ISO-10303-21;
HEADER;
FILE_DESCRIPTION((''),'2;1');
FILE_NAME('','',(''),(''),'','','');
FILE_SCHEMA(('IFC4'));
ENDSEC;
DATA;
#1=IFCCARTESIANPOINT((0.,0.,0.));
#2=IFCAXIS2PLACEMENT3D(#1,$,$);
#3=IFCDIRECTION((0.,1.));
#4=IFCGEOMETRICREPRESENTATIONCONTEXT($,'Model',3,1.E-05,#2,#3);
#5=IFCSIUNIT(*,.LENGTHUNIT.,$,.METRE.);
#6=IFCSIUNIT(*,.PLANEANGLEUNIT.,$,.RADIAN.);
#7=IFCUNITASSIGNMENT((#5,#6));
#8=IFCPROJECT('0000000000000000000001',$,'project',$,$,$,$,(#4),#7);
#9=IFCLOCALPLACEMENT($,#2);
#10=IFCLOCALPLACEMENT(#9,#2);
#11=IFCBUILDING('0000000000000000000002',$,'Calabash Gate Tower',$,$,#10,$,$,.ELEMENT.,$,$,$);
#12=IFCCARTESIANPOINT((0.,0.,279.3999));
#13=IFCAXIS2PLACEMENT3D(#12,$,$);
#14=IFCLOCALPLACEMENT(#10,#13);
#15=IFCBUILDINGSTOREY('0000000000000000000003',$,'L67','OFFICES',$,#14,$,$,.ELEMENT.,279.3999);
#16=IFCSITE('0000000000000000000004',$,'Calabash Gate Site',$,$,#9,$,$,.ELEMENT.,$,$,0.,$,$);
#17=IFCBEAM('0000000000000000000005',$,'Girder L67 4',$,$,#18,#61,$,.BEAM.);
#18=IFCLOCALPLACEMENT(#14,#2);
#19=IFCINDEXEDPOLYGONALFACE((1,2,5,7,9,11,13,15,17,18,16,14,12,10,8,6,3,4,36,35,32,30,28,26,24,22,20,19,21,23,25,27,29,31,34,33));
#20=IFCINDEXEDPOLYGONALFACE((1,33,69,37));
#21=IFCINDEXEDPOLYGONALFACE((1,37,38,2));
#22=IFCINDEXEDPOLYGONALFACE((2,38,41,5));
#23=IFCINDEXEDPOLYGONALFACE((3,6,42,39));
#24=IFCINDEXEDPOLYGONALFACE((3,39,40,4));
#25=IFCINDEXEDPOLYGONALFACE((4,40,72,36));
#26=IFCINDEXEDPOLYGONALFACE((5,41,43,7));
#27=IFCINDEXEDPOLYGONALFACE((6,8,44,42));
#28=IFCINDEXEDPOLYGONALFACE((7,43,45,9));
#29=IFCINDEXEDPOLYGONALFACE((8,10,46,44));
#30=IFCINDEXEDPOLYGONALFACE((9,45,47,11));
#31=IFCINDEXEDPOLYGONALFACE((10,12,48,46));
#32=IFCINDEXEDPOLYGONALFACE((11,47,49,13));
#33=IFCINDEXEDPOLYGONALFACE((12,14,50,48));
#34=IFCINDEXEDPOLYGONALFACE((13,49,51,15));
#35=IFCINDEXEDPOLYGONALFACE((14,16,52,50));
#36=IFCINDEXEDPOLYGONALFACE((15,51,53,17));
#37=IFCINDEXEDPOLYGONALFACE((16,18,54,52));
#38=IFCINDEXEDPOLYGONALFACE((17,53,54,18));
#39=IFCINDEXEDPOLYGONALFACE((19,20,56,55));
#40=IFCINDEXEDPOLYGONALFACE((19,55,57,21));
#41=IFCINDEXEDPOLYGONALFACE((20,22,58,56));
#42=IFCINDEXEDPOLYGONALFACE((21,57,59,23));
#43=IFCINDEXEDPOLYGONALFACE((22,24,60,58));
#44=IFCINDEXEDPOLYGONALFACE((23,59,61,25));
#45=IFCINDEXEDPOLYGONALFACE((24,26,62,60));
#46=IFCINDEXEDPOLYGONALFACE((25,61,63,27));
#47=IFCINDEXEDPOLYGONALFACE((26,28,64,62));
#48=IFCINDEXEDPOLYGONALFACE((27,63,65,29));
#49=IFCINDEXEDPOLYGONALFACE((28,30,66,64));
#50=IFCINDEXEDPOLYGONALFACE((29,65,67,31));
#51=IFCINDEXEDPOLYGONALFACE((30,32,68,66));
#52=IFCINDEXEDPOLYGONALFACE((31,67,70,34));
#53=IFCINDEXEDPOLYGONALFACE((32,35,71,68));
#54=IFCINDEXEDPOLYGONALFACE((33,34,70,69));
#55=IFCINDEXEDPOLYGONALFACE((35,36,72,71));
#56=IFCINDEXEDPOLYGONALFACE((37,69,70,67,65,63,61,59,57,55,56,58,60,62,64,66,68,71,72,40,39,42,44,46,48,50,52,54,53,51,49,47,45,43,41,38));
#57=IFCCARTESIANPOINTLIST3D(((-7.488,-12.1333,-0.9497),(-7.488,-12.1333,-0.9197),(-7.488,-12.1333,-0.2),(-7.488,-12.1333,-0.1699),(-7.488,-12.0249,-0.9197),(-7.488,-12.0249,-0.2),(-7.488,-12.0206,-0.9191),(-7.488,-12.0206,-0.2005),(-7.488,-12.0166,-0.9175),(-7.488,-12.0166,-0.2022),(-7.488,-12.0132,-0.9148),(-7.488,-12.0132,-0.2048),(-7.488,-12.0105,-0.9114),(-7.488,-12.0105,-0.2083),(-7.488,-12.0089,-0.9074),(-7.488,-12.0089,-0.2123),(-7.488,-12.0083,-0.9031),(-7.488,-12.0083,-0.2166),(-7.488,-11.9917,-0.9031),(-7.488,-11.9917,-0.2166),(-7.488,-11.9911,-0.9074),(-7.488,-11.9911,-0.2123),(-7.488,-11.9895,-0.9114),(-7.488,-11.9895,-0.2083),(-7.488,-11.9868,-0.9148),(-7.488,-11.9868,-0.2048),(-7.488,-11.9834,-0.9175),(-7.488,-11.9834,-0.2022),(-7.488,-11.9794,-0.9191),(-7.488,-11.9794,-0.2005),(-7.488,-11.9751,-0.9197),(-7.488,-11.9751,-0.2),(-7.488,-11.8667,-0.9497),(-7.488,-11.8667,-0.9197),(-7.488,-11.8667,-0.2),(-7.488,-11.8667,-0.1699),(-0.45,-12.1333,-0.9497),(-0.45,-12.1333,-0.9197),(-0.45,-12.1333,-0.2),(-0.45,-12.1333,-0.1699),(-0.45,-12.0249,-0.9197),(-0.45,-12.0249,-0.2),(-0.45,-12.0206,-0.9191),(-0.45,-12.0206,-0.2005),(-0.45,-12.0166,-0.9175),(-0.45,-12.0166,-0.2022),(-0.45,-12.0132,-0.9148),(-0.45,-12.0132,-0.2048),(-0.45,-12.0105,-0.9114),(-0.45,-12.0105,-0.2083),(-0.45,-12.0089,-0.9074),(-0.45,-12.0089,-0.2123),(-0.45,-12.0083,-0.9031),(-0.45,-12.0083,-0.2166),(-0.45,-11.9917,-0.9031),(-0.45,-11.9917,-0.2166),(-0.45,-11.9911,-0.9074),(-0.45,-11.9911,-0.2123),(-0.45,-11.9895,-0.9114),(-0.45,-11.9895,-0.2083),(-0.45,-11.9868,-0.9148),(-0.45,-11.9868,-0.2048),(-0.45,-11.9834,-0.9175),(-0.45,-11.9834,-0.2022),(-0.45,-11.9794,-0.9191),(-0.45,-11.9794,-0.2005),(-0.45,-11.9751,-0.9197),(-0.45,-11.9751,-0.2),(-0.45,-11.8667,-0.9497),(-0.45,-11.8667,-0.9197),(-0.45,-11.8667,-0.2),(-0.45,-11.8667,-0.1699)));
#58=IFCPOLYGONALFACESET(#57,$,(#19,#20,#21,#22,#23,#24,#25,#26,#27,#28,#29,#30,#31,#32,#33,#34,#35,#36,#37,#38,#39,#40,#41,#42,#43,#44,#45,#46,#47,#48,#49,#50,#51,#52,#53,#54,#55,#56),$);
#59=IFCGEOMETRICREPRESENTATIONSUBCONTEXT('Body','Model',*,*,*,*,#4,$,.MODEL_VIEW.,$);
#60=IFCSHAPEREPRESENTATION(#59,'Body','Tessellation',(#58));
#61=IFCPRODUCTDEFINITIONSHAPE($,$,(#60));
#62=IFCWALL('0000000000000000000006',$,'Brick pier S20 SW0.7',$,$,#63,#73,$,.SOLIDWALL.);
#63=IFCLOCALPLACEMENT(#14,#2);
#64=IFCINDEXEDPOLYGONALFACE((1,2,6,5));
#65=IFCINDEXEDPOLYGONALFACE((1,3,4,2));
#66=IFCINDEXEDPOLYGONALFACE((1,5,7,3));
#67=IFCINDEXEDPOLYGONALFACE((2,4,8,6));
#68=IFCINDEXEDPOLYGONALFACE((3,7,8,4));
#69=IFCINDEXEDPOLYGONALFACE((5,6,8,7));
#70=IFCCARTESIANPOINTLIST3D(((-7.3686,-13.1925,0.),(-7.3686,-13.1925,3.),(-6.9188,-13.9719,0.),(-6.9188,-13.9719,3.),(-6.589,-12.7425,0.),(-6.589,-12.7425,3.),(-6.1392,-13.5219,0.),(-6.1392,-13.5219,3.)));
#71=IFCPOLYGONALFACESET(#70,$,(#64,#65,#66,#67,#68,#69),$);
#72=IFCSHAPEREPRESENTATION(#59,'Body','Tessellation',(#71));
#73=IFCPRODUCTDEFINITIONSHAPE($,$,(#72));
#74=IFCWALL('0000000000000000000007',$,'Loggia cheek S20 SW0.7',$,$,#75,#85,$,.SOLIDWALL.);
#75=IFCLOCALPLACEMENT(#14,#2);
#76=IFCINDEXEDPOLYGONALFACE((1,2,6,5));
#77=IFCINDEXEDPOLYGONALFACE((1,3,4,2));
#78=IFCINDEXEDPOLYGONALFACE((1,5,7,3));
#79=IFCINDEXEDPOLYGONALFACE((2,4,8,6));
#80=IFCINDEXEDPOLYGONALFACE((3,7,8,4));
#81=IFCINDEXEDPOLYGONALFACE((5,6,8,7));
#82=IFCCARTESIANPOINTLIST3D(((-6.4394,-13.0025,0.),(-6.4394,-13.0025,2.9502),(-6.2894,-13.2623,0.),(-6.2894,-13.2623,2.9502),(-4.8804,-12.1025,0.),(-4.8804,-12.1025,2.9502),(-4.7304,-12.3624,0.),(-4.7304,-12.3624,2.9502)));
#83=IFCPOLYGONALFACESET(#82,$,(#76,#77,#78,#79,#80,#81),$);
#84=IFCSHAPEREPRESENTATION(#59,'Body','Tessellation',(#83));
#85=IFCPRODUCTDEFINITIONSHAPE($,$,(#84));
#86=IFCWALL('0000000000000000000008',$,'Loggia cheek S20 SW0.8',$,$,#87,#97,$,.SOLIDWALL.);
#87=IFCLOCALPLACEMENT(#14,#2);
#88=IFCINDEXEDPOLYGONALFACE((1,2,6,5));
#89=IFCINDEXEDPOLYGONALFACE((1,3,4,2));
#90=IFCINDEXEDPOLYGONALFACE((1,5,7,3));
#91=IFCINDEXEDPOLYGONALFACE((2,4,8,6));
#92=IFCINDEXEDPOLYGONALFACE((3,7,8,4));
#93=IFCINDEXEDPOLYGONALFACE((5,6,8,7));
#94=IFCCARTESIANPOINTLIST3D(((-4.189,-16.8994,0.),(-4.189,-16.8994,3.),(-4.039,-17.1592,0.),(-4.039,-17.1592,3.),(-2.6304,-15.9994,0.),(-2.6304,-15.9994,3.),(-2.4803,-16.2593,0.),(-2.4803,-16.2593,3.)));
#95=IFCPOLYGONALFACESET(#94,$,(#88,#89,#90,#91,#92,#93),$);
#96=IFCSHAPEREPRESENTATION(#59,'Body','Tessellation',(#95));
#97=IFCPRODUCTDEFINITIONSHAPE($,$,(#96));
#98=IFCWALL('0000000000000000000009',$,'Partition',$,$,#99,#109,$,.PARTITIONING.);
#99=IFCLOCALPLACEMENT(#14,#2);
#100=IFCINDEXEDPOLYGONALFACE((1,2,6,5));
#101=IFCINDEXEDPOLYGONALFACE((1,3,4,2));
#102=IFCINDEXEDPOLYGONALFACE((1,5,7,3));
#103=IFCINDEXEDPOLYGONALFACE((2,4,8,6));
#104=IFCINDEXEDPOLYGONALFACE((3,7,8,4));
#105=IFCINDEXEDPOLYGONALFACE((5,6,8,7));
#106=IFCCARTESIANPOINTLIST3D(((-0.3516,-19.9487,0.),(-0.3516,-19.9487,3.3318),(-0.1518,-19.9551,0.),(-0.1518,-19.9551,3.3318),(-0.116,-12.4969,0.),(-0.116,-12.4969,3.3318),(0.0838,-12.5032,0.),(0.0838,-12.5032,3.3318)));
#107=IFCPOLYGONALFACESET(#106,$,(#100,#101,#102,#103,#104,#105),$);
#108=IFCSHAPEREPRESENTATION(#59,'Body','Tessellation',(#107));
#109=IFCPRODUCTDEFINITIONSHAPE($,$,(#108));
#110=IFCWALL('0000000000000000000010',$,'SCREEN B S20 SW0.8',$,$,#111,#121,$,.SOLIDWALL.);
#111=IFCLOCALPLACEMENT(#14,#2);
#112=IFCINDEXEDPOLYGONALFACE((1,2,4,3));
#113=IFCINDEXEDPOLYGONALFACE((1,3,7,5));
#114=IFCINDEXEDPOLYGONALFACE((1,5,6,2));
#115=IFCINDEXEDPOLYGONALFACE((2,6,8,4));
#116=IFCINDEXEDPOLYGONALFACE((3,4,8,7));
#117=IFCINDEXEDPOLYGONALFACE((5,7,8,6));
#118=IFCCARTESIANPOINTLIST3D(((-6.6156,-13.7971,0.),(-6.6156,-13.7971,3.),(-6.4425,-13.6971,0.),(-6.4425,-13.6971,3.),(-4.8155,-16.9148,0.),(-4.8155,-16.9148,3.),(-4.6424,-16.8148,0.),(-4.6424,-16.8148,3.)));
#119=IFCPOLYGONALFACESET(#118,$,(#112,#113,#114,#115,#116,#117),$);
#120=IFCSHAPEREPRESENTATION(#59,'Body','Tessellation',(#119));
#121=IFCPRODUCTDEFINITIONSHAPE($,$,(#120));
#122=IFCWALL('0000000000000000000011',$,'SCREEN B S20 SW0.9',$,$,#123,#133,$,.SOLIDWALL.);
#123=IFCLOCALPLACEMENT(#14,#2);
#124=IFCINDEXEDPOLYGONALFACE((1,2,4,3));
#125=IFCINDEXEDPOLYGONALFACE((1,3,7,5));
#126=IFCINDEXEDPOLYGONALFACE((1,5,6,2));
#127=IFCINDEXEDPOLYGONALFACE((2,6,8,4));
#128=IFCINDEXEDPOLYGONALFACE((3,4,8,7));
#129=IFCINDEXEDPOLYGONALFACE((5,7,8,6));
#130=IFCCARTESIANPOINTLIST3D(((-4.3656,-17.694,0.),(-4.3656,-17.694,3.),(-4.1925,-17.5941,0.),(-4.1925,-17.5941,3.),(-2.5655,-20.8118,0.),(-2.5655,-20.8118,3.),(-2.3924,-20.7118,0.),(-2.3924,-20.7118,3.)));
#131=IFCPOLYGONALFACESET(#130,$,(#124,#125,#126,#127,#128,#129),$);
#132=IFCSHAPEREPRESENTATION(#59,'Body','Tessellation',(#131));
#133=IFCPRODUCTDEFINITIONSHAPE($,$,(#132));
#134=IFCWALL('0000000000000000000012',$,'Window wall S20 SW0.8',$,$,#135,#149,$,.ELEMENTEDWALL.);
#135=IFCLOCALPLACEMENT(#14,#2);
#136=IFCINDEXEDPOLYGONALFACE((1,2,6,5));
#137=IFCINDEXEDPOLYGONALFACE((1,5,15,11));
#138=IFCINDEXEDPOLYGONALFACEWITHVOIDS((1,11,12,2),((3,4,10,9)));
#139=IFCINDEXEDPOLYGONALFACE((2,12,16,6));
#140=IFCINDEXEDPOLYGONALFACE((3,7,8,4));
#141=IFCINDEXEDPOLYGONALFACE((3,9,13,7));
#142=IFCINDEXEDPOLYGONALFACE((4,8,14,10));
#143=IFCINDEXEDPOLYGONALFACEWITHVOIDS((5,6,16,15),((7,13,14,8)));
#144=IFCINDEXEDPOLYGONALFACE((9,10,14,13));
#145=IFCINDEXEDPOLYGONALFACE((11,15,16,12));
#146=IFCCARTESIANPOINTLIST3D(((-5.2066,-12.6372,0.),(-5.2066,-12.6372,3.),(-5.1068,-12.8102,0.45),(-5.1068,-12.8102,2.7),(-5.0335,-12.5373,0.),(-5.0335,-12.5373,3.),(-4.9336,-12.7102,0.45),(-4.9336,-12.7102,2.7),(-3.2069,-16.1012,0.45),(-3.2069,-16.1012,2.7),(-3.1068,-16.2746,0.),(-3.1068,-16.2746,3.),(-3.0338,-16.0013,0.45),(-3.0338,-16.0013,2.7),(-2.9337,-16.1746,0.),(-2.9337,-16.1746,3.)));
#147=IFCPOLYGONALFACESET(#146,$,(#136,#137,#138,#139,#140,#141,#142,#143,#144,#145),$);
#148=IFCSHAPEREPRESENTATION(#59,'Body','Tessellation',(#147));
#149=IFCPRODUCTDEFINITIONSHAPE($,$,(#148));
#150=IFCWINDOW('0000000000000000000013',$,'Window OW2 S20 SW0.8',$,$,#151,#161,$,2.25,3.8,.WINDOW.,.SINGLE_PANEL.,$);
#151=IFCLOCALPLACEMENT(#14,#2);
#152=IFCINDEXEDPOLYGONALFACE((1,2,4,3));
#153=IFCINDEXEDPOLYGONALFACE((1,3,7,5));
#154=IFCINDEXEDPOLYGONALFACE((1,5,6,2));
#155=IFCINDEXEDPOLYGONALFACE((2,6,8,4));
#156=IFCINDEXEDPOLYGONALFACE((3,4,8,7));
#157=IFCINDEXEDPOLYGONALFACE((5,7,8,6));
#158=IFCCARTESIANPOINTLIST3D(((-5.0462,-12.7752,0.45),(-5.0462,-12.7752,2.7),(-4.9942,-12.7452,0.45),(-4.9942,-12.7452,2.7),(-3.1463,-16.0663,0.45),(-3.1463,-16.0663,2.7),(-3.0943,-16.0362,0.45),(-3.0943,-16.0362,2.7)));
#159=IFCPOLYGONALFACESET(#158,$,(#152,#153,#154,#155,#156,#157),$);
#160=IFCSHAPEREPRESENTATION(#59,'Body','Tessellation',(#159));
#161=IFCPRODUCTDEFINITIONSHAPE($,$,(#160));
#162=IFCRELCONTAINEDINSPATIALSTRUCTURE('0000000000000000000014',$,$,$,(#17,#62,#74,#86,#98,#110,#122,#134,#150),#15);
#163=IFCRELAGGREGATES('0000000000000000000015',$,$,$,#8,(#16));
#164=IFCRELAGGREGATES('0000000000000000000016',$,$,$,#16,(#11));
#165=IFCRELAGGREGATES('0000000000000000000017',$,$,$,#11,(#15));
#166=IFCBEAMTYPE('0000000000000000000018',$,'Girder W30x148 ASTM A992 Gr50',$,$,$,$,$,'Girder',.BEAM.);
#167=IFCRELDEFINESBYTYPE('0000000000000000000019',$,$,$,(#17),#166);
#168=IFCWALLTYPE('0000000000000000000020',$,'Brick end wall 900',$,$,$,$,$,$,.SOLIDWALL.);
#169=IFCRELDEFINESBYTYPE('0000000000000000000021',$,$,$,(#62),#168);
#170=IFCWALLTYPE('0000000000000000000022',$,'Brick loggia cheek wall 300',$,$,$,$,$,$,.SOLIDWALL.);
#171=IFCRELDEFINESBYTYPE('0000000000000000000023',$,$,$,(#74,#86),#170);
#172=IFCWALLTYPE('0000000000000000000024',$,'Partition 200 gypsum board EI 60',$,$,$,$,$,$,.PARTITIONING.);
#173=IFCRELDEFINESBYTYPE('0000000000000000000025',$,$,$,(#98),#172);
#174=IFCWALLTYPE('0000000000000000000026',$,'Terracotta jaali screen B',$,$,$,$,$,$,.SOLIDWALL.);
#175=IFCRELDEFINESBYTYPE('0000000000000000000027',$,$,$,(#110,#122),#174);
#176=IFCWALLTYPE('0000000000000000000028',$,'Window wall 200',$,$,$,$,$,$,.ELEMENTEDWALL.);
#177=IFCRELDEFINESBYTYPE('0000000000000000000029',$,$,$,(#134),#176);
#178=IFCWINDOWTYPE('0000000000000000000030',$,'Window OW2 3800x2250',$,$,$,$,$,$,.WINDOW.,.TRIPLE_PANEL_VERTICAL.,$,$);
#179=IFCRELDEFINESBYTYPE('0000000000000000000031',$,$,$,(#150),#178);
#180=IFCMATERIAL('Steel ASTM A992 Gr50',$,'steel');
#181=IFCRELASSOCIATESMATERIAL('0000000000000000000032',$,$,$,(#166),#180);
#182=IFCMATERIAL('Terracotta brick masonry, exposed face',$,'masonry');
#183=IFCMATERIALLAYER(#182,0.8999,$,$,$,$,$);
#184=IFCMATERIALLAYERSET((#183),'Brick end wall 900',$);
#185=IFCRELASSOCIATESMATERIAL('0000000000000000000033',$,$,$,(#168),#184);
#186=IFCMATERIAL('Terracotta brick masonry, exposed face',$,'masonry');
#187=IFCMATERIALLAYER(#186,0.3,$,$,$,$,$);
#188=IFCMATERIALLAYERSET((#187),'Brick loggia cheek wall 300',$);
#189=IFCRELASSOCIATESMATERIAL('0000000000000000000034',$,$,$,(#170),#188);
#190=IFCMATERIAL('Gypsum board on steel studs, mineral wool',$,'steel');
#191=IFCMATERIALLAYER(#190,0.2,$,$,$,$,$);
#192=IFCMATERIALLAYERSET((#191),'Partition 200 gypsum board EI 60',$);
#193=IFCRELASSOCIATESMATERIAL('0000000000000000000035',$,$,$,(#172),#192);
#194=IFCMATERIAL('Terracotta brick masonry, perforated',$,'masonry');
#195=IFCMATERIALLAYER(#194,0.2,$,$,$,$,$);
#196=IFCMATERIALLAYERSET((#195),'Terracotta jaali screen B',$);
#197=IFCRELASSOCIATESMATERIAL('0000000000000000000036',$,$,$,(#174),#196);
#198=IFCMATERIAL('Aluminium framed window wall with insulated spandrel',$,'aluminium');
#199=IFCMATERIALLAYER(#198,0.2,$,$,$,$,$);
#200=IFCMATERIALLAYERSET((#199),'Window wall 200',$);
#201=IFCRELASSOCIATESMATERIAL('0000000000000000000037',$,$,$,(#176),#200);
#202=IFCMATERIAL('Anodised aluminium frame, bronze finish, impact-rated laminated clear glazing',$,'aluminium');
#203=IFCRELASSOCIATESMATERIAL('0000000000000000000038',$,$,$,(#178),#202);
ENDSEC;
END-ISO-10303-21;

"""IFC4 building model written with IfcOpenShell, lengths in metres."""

from ifc_helpers import new_model, si_unit, direction, frame, frame_2d, origin, origin_2d, place, context, subcontext, project, spatial, rectangle, i_section, extrude, material, layer, layer_set, material_profile, profile_set, type_object, element, fill, save


model = new_model("IFC4")

# Units and contexts
model_context = context("Model", 3, precision=1e-05, world=origin(), true_north=direction((0.0, 1.0)))
body_context = subcontext(model_context, "Body", "Model", "MODEL_VIEW")
ifc_project = project(units=[si_unit("LENGTHUNIT", "METRE"), si_unit("PLANEANGLEUNIT", "RADIAN")], contexts=[model_context])

# Site, building, storey
site_placement = place(None, origin())
site = spatial("IfcSite", under=ifc_project, at=site_placement, Name="Calabash Gate Site", CompositionType="ELEMENT", RefElevation=0.0)
building_placement = place(site_placement, origin())
building = spatial("IfcBuilding", under=site, at=building_placement, Name="Calabash Gate Tower", CompositionType="ELEMENT")
storey_placement = place(building_placement, frame((0.0, 0.0, 279.3999)))
storey = spatial("IfcBuildingStorey", under=building, at=storey_placement, Name="L67", Description="OFFICES", CompositionType="ELEMENT", Elevation=279.3999)

# Beam
ifc_material_1 = material(Name="Steel ASTM A992 Gr50", Category="steel")
ifc_material_profile_1 = material_profile(ifc_material_1, i_section(OverallWidth=0.2666, OverallDepth=0.7798, WebThickness=0.0166, FlangeThickness=0.03, FilletRadius=0.0166, at=origin_2d()))
ifc_profile_set_1 = profile_set([ifc_material_profile_1], Name="Steel ASTM A992 Gr50")
beam_type_1 = type_object("IfcBeamType", Name="Girder W30x148 ASTM A992 Gr50", ElementType="Girder", PredefinedType="BEAM", material=ifc_profile_set_1)
beam_1_placement = place(storey_placement, frame((-7.488, -12.0, -0.5598), z_axis=(1.0, 0.0, 0.0), x_axis=(0.0, 1.0, 0.0)))
element("IfcBeam", 1, at=beam_1_placement, inside=storey, type_object=beam_type_1, Name="Girder L67 4", PredefinedType="BEAM", context=body_context, shape_type="SweptSolid", body=[
    extrude(i_section(OverallWidth=0.2666, OverallDepth=0.7798, WebThickness=0.0166, FlangeThickness=0.03, FilletRadius=0.0166, at=origin_2d()), origin(), (0.0, 0.0, 1.0), 7.0381),
])

# Walls
ifc_material_2 = material(Name="Terracotta brick masonry, exposed face", Category="masonry")
ifc_layer_1 = layer(ifc_material_2, 0.8999)
ifc_layer_set_1 = layer_set([ifc_layer_1], Name="Brick end wall 900")
wall_type_1 = type_object("IfcWallType", Name="Brick end wall 900", PredefinedType="SOLIDWALL", material=ifc_layer_set_1)
wall_1_placement = place(storey_placement, frame((-7.1438, -13.5823, 0.0), z_axis=(0.0, 0.0, 1.0), x_axis=(0.866082, 0.499902, 0.0)))
element("IfcWall", 2, at=wall_1_placement, inside=storey, type_object=wall_type_1, Name="Brick pier S20 SW0.7", PredefinedType="SOLIDWALL", context=body_context, shape_type="SweptSolid", body=[
    extrude(rectangle(XDim=0.9001, YDim=0.8999, at=frame_2d((0.4502, 0.0))), origin(), (0.0, 0.0, 1.0), 3.0),
])
ifc_material_3 = material(Name="Terracotta brick masonry, exposed face", Category="masonry")
ifc_layer_2 = layer(ifc_material_3, 0.3)
ifc_layer_set_2 = layer_set([ifc_layer_2], Name="Brick loggia cheek wall 300")
wall_type_2 = type_object("IfcWallType", Name="Brick loggia cheek wall 300", PredefinedType="SOLIDWALL", material=ifc_layer_set_2)
wall_2_placement = place(storey_placement, frame((-6.3643, -13.1323, 0.0), z_axis=(0.0, 0.0, 1.0), x_axis=(0.866048, 0.499961, 0.0)))
element("IfcWall", 3, at=wall_2_placement, inside=storey, type_object=wall_type_2, Name="Loggia cheek S20 SW0.7", PredefinedType="SOLIDWALL", context=body_context, shape_type="SweptSolid", body=[
    extrude(rectangle(XDim=1.8, YDim=0.3, at=frame_2d((0.8999, 0.0))), origin(), (0.0, 0.0, 1.0), 2.9502),
])
wall_3_placement = place(storey_placement, frame((-4.114, -17.0293, 0.0), z_axis=(0.0, 0.0, 1.0), x_axis=(0.866014, 0.50002, 0.0)))
element("IfcWall", 4, at=wall_3_placement, inside=storey, type_object=wall_type_2, Name="Loggia cheek S20 SW0.8", PredefinedType="SOLIDWALL", context=body_context, shape_type="SweptSolid", body=[
    extrude(rectangle(XDim=1.7998, YDim=0.3, at=frame_2d((0.8999, 0.0))), origin(), (0.0, 0.0, 1.0), 3.0),
])
ifc_material_4 = material(Name="Gypsum board on steel studs, mineral wool", Category="steel")
ifc_layer_3 = layer(ifc_material_4, 0.2)
ifc_layer_set_3 = layer_set([ifc_layer_3], Name="Partition 200 gypsum board EI 60")
wall_type_3 = type_object("IfcWallType", Name="Partition 200 gypsum board EI 60", PredefinedType="PARTITIONING", material=ifc_layer_set_3)
wall_4_placement = place(storey_placement, frame((-0.2517, -19.9519, 0.0), z_axis=(0.0, 0.0, 1.0), x_axis=(0.0316, 0.999501, 0.0)))
element("IfcWall", 5, at=wall_4_placement, inside=storey, type_object=wall_type_3, Name="Partition", PredefinedType="PARTITIONING", context=body_context, shape_type="SweptSolid", body=[
    extrude(rectangle(XDim=7.4556, YDim=0.2, at=frame_2d((3.7278, 0.0))), origin(), (0.0, 0.0, 1.0), 3.3318),
])
ifc_material_5 = material(Name="Terracotta brick masonry, perforated", Category="masonry")
ifc_layer_4 = layer(ifc_material_5, 0.2)
ifc_layer_set_4 = layer_set([ifc_layer_4], Name="Terracotta jaali screen B")
wall_type_4 = type_object("IfcWallType", Name="Terracotta jaali screen B", PredefinedType="SOLIDWALL", material=ifc_layer_set_4)
for number, where, z_axis, x_axis, name in (
    (6, (-6.5291, -13.7471, 0.0), (0.0, 0.0, 1.0), (0.500012, -0.866018, 0.0), "SCREEN B S20 SW0.8"),
    (7, (-4.2791, -17.644, 0.0), (0.0, 0.0, 1.0), (0.500012, -0.866018, 0.0), "SCREEN B S20 SW0.9"),
):
    element("IfcWall", number, at=place(storey_placement, frame(where, z_axis=z_axis, x_axis=x_axis)), inside=storey, type_object=wall_type_4, Name=name, PredefinedType="SOLIDWALL", context=body_context, shape_type="SweptSolid", body=[
        extrude(rectangle(XDim=3.6001, YDim=0.2, at=frame_2d((1.8, 0.0))), origin(), (0.0, 0.0, 1.0), 3.0),
    ])

# Wall, opening, window
ifc_material_6 = material(Name="Aluminium framed window wall with insulated spandrel", Category="aluminium")
ifc_layer_5 = layer(ifc_material_6, 0.2)
ifc_layer_set_5 = layer_set([ifc_layer_5], Name="Window wall 200")
wall_type_5 = type_object("IfcWallType", Name="Window wall 200", PredefinedType="ELEMENTEDWALL", material=ifc_layer_set_5)
wall_5_placement = place(storey_placement, frame((-5.1201, -12.5872, 0.0), z_axis=(0.0, 0.0, 1.0), x_axis=(0.499959, -0.866049, 0.0)))
wall_5 = element("IfcWall", 8, at=wall_5_placement, inside=storey, type_object=wall_type_5, Name="Window wall S20 SW0.8", PredefinedType="ELEMENTEDWALL", context=body_context, shape_type="SweptSolid", body=[
    extrude(rectangle(XDim=4.2, YDim=0.2, at=frame_2d((2.1001, 0.0))), origin(), (0.0, 0.0, 1.0), 3.0),
])
opening_1_placement = place(wall_5_placement, frame((0.2, 0.0, 0.45)))
opening_1 = element("IfcOpeningElement", 9, at=opening_1_placement, cuts=wall_5, PredefinedType="OPENING", context=body_context, shape_type="SweptSolid", body=[
    extrude(rectangle(XDim=3.8, YDim=2.25, at=frame_2d((1.8999, 1.125))), frame((0.0, 0.1099, 0.0), z_axis=(0.0, -1.0, 0.0), x_axis=(1.0, 0.0, 0.0)), (0.0, 0.0, 1.0), 0.22),
])
ifc_material_7 = material(Name="Anodised aluminium frame, bronze finish, impact-rated laminated clear glazing", Category="aluminium")
window_type_1 = type_object("IfcWindowType", Name="Window OW2 3800x2250", PartitioningType="TRIPLE_PANEL_VERTICAL", PredefinedType="WINDOW", material=ifc_material_7)
window_1_placement = place(opening_1_placement, origin())
window_1 = element("IfcWindow", 10, at=window_1_placement, inside=storey, type_object=window_type_1, Name="Window OW2 S20 SW0.8", OverallHeight=2.25, OverallWidth=3.8, PartitioningType="SINGLE_PANEL", PredefinedType="WINDOW", context=body_context, shape_type="SweptSolid", body=[
    extrude(rectangle(XDim=3.8, YDim=2.25, at=frame_2d((1.8999, 1.125))), frame((0.0, 0.03, 0.0), z_axis=(0.0, -1.0, 0.0), x_axis=(1.0, 0.0, 0.0)), (0.0, 0.0, 1.0), 0.0601),
])
fill(opening_1, window_1)

save(model, "model.ifc")
